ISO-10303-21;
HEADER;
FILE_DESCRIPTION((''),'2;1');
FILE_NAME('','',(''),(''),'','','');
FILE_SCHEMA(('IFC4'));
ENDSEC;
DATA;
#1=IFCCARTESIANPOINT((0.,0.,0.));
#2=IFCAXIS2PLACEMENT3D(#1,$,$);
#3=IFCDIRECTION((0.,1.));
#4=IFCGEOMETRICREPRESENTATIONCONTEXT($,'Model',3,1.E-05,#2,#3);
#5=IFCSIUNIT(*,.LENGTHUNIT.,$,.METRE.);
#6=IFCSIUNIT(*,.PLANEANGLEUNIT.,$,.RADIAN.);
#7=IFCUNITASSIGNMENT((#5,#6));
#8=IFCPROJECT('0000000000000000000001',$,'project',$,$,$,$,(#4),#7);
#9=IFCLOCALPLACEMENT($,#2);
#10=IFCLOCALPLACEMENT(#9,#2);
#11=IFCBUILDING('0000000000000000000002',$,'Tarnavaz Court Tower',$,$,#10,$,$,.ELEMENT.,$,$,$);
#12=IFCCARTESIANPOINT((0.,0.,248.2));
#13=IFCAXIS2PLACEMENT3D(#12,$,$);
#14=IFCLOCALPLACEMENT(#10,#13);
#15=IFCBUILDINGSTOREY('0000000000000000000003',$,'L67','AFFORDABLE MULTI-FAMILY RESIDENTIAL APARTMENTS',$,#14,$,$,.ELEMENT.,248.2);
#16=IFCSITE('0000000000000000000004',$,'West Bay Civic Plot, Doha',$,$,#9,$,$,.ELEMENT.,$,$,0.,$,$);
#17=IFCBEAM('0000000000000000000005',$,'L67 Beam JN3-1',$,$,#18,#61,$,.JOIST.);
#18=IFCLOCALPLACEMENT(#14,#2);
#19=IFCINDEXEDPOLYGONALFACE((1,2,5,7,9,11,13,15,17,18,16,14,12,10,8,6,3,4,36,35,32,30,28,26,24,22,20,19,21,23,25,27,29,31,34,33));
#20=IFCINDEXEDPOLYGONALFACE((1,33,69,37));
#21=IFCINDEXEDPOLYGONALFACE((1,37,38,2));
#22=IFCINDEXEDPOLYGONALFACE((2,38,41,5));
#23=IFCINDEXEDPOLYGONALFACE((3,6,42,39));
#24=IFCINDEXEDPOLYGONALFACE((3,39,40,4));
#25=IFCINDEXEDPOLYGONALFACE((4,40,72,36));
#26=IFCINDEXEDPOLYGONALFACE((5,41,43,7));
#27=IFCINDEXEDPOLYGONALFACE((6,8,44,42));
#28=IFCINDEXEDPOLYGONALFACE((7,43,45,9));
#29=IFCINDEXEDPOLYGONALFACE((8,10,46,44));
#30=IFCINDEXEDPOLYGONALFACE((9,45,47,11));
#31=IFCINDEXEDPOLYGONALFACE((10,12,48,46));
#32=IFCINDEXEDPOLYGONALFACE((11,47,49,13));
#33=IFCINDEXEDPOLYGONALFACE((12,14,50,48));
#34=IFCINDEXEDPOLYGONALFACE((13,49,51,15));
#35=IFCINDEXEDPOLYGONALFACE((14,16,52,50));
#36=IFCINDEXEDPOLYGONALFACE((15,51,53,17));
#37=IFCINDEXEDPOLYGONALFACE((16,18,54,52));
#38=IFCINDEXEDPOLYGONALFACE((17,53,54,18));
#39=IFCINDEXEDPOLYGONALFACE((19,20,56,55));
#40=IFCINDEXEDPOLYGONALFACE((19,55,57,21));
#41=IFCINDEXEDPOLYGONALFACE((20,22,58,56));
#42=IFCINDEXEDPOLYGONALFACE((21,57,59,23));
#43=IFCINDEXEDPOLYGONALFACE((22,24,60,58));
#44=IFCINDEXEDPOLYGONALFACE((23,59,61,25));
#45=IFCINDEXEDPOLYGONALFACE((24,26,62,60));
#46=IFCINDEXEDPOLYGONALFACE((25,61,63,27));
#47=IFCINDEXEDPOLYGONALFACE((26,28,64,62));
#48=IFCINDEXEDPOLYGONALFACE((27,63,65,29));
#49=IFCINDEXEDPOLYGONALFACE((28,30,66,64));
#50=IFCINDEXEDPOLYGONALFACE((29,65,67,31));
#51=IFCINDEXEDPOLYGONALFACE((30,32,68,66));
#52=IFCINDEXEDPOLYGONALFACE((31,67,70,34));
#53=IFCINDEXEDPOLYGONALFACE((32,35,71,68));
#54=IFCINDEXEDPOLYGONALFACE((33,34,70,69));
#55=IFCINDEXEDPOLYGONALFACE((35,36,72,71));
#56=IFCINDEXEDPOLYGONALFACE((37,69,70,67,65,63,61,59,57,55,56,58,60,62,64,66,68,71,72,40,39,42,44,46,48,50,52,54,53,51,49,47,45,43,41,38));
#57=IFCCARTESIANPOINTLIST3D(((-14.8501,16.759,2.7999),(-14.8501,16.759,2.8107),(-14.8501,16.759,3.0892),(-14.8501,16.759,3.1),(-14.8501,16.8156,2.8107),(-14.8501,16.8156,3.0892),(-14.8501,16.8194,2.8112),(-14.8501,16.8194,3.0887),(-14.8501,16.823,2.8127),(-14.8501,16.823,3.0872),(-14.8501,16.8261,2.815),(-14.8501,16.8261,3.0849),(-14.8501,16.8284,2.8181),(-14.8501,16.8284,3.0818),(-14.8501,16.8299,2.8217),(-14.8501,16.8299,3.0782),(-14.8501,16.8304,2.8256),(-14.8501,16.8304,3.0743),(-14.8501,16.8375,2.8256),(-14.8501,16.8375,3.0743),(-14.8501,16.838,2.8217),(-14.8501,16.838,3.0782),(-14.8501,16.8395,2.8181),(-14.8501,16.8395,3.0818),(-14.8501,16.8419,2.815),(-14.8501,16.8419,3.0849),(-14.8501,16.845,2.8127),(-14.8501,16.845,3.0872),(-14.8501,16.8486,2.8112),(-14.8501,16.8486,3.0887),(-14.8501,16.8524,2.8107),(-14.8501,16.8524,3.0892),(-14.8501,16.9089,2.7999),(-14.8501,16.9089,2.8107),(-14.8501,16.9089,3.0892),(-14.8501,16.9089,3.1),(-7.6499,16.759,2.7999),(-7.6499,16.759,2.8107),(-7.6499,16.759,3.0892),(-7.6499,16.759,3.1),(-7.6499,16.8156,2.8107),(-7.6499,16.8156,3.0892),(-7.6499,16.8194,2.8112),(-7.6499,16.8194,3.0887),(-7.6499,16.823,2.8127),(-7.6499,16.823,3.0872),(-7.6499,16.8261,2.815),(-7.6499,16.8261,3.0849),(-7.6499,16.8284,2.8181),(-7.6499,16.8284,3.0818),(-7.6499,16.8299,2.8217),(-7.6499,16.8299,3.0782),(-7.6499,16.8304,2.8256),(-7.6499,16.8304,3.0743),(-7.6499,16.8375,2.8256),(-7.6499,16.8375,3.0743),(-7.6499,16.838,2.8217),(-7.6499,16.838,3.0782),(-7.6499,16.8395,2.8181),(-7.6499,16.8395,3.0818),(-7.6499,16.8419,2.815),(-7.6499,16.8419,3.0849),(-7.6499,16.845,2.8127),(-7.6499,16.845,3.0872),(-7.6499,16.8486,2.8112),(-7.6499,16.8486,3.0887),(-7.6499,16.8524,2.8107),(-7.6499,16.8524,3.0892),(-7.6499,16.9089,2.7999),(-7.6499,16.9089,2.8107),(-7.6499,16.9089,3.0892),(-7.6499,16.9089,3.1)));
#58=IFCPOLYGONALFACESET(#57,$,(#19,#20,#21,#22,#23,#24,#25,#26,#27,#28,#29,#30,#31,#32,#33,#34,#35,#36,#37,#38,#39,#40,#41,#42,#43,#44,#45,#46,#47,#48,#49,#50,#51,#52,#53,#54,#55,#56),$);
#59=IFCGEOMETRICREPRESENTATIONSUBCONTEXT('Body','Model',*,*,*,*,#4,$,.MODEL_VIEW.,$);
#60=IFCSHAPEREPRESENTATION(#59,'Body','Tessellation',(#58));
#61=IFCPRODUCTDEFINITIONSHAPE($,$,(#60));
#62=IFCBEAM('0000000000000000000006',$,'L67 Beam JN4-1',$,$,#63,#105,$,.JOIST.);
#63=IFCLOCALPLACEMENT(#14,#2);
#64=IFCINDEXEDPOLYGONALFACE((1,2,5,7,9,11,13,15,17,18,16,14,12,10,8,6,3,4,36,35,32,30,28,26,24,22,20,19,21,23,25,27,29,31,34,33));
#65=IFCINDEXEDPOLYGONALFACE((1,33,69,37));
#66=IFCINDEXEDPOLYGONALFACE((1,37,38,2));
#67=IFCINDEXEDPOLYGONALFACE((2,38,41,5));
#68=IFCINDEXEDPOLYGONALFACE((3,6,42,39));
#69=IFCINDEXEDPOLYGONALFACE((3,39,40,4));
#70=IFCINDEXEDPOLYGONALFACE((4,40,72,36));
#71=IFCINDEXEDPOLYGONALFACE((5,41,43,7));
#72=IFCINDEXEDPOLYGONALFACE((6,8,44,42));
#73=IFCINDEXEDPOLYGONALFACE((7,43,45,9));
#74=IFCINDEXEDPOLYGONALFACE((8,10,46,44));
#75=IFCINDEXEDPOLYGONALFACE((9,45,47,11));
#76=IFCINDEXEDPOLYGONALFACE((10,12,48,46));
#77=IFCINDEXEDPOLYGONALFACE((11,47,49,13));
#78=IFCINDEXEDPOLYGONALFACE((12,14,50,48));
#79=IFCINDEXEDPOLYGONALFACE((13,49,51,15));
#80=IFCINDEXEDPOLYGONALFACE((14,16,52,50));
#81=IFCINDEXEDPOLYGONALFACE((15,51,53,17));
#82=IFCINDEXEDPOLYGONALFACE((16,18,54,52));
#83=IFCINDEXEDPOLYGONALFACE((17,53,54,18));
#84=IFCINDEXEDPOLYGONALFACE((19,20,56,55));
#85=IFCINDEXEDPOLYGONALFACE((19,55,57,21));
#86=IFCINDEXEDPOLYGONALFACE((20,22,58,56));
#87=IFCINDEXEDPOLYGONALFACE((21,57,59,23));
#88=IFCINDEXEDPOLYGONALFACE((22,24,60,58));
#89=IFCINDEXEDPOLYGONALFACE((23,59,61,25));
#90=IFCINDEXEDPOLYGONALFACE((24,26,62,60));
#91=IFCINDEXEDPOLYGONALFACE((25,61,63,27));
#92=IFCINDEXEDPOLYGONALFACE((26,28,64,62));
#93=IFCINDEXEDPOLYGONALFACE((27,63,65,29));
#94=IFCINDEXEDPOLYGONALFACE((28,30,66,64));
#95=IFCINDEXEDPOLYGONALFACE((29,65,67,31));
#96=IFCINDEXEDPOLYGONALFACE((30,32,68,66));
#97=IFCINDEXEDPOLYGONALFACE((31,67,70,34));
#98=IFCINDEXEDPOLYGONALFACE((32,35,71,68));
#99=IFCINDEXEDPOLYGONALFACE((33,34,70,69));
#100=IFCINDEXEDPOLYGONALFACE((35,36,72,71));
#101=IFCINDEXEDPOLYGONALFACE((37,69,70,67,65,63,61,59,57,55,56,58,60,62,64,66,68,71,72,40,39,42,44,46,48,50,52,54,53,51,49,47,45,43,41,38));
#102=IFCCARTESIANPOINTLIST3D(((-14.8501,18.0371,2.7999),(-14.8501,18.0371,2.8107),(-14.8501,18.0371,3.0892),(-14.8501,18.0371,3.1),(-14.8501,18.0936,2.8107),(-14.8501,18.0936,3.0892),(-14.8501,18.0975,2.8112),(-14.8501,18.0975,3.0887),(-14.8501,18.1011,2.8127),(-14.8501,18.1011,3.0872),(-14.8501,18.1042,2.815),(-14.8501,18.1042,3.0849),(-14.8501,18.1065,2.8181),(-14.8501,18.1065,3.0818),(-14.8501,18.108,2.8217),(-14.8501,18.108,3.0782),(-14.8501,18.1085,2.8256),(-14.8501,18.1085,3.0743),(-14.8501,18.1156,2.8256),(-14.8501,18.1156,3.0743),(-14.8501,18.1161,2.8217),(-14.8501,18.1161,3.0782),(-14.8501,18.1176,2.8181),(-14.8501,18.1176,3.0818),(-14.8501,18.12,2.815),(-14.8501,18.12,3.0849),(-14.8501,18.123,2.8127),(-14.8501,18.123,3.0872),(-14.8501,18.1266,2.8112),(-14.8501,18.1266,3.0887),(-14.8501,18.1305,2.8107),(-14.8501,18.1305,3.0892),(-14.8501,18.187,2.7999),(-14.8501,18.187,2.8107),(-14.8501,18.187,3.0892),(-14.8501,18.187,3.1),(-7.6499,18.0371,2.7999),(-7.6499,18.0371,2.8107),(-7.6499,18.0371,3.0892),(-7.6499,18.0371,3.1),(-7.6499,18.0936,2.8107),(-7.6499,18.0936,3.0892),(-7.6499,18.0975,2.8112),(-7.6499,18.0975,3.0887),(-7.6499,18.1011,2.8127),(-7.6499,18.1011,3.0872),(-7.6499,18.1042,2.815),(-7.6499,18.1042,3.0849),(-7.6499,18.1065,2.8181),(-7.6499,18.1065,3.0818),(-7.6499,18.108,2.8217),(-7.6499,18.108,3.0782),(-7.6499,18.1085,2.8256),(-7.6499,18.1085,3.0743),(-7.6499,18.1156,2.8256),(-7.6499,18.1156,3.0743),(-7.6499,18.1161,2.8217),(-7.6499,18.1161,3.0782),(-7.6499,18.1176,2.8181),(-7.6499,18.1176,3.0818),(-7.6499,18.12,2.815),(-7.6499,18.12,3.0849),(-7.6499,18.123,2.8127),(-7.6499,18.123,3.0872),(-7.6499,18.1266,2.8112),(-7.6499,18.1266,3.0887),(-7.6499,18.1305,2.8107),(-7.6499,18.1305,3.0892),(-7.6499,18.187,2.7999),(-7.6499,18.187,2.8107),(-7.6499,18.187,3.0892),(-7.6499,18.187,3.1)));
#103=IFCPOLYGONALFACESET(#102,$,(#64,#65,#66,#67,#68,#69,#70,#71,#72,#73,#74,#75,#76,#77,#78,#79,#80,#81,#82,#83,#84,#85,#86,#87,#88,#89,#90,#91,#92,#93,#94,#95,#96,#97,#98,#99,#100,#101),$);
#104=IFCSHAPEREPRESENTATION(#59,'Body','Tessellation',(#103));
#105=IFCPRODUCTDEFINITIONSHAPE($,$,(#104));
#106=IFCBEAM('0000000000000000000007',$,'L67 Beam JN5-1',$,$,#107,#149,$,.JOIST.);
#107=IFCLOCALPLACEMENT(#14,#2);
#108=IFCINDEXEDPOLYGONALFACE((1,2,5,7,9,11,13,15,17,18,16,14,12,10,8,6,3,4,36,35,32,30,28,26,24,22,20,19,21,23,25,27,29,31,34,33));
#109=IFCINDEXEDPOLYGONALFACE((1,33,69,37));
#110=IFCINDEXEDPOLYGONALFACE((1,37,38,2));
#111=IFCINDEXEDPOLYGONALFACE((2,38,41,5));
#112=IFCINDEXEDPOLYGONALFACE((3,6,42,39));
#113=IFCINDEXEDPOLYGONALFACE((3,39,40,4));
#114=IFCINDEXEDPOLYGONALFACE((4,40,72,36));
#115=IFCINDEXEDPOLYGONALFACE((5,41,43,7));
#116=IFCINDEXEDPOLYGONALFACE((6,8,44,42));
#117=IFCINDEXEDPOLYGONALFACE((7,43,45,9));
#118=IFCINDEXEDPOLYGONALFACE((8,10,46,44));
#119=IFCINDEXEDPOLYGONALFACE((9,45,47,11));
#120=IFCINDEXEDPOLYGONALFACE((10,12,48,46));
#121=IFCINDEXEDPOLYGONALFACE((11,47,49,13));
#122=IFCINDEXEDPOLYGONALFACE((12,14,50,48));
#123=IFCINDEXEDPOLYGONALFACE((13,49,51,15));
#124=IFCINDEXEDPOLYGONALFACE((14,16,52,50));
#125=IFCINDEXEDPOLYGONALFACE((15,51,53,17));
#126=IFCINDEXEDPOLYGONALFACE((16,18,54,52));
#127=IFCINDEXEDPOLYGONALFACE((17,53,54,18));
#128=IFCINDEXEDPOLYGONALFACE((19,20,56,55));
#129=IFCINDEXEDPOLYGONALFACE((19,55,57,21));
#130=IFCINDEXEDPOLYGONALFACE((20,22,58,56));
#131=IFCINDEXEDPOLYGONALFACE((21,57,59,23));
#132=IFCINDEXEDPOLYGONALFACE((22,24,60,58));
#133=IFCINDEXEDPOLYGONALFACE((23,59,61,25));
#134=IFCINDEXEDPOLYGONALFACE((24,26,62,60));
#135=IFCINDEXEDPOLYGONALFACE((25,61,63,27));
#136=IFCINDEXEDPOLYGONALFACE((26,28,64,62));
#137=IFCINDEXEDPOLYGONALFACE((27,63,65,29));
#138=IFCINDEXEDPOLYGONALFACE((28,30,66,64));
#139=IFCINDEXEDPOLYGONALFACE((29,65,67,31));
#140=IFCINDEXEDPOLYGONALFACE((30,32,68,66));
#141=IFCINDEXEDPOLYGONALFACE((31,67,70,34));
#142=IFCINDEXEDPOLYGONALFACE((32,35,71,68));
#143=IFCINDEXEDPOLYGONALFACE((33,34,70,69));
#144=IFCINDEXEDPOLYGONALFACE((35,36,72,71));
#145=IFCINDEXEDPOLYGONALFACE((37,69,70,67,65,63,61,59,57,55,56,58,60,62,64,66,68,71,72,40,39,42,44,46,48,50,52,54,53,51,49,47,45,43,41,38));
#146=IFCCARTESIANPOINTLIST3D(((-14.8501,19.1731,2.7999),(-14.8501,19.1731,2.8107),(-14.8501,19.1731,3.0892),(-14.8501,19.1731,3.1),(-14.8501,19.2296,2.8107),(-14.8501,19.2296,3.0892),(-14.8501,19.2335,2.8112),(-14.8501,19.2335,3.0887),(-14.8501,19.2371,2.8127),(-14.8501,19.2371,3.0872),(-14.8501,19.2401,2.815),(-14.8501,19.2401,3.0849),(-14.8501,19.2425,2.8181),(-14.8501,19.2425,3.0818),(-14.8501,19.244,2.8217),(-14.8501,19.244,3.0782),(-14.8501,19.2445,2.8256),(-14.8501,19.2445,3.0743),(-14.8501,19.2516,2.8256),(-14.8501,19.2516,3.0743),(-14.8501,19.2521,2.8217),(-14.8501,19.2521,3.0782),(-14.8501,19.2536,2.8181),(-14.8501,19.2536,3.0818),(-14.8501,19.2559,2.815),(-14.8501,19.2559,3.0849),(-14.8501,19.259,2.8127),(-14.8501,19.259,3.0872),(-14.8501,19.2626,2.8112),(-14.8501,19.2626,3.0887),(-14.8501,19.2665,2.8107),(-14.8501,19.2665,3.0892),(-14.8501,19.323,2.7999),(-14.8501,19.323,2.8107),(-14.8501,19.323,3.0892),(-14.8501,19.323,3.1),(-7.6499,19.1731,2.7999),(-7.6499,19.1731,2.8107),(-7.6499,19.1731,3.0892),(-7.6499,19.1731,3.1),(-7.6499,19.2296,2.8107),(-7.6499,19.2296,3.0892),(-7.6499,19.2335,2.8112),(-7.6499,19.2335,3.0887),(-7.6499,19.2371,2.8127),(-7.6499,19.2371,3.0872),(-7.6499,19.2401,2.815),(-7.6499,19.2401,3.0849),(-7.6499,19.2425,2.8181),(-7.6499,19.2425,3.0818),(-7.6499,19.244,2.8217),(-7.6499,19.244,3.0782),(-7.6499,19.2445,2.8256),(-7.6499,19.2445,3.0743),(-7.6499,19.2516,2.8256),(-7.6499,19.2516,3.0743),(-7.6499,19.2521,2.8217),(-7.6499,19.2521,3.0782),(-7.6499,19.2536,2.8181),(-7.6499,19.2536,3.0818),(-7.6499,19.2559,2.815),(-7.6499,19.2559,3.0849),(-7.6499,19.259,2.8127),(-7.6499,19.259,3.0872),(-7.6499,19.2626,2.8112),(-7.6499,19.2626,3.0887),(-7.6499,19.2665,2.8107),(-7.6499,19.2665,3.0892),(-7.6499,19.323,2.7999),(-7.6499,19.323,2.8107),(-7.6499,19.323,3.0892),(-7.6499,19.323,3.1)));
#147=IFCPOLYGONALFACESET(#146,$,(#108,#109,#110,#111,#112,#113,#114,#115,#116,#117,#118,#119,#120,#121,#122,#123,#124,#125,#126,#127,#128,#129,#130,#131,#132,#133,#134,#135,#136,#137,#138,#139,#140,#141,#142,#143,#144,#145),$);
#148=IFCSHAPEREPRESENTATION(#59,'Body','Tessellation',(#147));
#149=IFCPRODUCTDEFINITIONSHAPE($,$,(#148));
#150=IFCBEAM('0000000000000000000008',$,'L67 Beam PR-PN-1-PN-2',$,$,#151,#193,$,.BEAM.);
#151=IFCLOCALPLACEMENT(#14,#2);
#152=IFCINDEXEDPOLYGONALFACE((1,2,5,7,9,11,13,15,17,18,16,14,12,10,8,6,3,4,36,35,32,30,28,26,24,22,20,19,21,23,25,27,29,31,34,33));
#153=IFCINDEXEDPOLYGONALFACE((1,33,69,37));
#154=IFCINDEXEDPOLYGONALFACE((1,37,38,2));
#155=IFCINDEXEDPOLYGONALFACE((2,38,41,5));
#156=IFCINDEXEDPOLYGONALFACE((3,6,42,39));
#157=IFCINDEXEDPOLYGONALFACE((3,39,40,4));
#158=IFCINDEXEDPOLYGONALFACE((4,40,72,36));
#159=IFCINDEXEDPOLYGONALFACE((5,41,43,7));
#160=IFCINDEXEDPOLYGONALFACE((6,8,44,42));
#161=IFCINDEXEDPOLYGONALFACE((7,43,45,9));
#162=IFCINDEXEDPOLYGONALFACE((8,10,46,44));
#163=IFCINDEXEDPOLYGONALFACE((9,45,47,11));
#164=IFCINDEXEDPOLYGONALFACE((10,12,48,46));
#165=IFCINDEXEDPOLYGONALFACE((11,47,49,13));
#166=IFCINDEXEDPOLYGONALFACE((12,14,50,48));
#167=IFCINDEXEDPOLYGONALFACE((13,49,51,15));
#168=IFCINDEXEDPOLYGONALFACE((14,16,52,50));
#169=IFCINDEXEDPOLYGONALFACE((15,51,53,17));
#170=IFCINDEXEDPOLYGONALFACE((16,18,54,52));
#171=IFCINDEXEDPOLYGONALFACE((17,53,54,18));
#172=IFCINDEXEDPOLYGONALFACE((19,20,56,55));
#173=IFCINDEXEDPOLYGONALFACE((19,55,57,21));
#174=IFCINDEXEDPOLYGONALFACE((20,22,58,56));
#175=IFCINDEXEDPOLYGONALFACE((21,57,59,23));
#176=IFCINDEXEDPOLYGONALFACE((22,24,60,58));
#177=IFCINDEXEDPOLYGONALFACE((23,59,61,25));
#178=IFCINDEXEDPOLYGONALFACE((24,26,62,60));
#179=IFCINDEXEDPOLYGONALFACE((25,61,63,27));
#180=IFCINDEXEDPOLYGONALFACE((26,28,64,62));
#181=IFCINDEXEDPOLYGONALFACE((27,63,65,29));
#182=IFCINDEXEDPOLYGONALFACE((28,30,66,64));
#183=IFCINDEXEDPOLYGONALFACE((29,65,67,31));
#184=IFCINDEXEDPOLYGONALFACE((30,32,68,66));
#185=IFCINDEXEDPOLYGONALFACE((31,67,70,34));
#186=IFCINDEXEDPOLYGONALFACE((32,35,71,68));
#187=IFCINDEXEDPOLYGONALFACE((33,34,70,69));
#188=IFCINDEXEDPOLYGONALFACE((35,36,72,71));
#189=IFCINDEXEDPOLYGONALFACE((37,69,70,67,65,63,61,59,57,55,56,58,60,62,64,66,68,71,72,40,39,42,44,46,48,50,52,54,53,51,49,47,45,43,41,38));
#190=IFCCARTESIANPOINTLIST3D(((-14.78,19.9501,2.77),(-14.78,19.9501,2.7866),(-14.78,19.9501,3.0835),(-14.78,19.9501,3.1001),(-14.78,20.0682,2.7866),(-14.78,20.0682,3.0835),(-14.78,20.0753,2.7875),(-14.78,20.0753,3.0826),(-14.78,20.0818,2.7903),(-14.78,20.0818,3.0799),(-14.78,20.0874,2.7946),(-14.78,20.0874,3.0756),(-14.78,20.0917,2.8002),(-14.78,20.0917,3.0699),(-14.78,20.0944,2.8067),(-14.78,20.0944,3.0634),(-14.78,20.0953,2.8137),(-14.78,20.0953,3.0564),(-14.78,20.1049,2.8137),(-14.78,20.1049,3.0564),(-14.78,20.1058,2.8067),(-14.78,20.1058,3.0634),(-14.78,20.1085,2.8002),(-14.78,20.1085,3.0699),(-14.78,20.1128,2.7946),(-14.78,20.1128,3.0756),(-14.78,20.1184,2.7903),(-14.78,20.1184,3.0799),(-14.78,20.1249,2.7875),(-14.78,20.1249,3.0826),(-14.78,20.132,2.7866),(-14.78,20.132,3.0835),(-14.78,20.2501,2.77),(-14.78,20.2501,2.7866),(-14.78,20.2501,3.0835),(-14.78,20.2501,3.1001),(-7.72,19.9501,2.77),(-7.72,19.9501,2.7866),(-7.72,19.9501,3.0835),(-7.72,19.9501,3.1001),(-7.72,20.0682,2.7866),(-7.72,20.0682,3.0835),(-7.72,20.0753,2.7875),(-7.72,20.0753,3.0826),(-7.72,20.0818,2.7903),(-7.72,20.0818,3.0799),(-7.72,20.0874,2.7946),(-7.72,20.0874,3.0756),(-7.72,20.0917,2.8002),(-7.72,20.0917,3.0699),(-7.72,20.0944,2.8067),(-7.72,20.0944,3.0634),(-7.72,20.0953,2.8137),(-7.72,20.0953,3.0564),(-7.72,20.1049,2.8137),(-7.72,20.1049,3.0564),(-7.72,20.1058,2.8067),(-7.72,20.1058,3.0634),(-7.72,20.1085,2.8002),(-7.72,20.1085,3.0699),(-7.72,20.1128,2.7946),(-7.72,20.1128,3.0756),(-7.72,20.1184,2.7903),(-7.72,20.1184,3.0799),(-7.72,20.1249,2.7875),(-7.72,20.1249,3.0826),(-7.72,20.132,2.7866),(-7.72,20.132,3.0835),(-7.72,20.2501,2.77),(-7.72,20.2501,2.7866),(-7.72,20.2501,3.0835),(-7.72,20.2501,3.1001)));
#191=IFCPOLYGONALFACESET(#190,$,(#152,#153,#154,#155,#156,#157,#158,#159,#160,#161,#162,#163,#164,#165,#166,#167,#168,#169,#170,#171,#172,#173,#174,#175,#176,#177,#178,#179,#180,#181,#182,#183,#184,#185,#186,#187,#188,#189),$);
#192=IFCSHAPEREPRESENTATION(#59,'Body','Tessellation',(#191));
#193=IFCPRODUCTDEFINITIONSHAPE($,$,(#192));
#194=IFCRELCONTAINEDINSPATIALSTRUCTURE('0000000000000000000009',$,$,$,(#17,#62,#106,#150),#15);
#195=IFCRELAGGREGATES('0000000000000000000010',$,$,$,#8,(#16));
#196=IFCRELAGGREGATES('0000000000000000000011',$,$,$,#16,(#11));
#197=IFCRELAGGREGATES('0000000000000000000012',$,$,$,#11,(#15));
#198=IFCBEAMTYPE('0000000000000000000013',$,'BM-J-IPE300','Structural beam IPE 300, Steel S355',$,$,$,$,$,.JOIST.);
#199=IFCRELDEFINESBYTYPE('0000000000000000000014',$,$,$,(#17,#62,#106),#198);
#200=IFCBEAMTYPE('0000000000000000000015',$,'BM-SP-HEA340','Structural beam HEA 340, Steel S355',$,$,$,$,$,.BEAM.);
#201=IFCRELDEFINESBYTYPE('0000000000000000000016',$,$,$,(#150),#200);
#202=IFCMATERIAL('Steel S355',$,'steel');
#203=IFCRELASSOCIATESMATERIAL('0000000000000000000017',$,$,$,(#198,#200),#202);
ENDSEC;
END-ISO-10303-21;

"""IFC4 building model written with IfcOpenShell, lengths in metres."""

from ifc_helpers import new_model, si_unit, direction, frame, origin, origin_2d, place, context, subcontext, project, spatial, i_section, extrude, material, material_profile, profile_set, type_object, element, save


model = new_model("IFC4")

# Units and contexts
model_context = context("Model", 3, precision=1e-05, world=origin(), true_north=direction((0.0, 1.0)))
body_context = subcontext(model_context, "Body", "Model", "MODEL_VIEW")
ifc_project = project(units=[si_unit("LENGTHUNIT", "METRE"), si_unit("PLANEANGLEUNIT", "RADIAN")], contexts=[model_context])

# Site, building, storey
site_placement = place(None, origin())
site = spatial("IfcSite", under=ifc_project, at=site_placement, Name="West Bay Civic Plot, Doha", CompositionType="ELEMENT", RefElevation=0.0)
building_placement = place(site_placement, origin())
building = spatial("IfcBuilding", under=site, at=building_placement, Name="Tarnavaz Court Tower", CompositionType="ELEMENT")
storey_placement = place(building_placement, frame((0.0, 0.0, 248.2)))
storey = spatial("IfcBuildingStorey", under=building, at=storey_placement, Name="L67", Description="AFFORDABLE MULTI-FAMILY RESIDENTIAL APARTMENTS", CompositionType="ELEMENT", Elevation=248.2)

# Beams
ifc_material_1 = material(Name="Steel S355", Category="steel")
ifc_material_profile_1 = material_profile(ifc_material_1, i_section(OverallWidth=0.1499, OverallDepth=0.3, WebThickness=0.0071, FlangeThickness=0.0107, FilletRadius=0.0149, at=origin_2d()), Name="IPE 300")
ifc_profile_set_1 = profile_set([ifc_material_profile_1], Name="Steel S355")
beam_type_1 = type_object("IfcBeamType", Name="BM-J-IPE300", Description="Structural beam IPE 300, Steel S355", PredefinedType="JOIST", material=ifc_profile_set_1)
for number, where, z_axis, x_axis, name in (
    (1, (-14.8501, 16.834, 2.95), (1.0, 0.0, 0.0), (0.0, 1.0, 0.0), "L67 Beam JN3-1"),
    (2, (-14.8501, 18.1121, 2.95), (1.0, 0.0, 0.0), (0.0, 1.0, 0.0), "L67 Beam JN4-1"),
    (3, (-14.8501, 19.248, 2.95), (1.0, 0.0, 0.0), (0.0, 1.0, 0.0), "L67 Beam JN5-1"),
):
    element("IfcBeam", number, at=place(storey_placement, frame(where, z_axis=z_axis, x_axis=x_axis)), inside=storey, type_object=beam_type_1, Name=name, PredefinedType="JOIST", context=body_context, shape_type="SweptSolid", body=[
        extrude(i_section(OverallWidth=0.1499, OverallDepth=0.3, WebThickness=0.0071, FlangeThickness=0.0107, FilletRadius=0.0149, at=origin_2d()), origin(), (0.0, 0.0, 1.0), 7.2002),
    ])
ifc_material_profile_2 = material_profile(ifc_material_1, i_section(OverallWidth=0.3, OverallDepth=0.3301, WebThickness=0.0095, FlangeThickness=0.0166, FilletRadius=0.0271, at=origin_2d()), Name="HEA 340")
ifc_profile_set_2 = profile_set([ifc_material_profile_2], Name="Steel S355")
beam_type_2 = type_object("IfcBeamType", Name="BM-SP-HEA340", Description="Structural beam HEA 340, Steel S355", PredefinedType="BEAM", material=ifc_profile_set_2)
beam_1_placement = place(storey_placement, frame((-14.78, 20.1001, 2.9351), z_axis=(1.0, 0.0, 0.0), x_axis=(0.0, 1.0, 0.0)))
element("IfcBeam", 4, at=beam_1_placement, inside=storey, type_object=beam_type_2, Name="L67 Beam PR-PN-1-PN-2", PredefinedType="BEAM", context=body_context, shape_type="SweptSolid", body=[
    extrude(i_section(OverallWidth=0.3, OverallDepth=0.3301, WebThickness=0.0095, FlangeThickness=0.0166, FilletRadius=0.0271, at=origin_2d()), origin(), (0.0, 0.0, 1.0), 7.0601),
])

save(model, "model.ifc")
